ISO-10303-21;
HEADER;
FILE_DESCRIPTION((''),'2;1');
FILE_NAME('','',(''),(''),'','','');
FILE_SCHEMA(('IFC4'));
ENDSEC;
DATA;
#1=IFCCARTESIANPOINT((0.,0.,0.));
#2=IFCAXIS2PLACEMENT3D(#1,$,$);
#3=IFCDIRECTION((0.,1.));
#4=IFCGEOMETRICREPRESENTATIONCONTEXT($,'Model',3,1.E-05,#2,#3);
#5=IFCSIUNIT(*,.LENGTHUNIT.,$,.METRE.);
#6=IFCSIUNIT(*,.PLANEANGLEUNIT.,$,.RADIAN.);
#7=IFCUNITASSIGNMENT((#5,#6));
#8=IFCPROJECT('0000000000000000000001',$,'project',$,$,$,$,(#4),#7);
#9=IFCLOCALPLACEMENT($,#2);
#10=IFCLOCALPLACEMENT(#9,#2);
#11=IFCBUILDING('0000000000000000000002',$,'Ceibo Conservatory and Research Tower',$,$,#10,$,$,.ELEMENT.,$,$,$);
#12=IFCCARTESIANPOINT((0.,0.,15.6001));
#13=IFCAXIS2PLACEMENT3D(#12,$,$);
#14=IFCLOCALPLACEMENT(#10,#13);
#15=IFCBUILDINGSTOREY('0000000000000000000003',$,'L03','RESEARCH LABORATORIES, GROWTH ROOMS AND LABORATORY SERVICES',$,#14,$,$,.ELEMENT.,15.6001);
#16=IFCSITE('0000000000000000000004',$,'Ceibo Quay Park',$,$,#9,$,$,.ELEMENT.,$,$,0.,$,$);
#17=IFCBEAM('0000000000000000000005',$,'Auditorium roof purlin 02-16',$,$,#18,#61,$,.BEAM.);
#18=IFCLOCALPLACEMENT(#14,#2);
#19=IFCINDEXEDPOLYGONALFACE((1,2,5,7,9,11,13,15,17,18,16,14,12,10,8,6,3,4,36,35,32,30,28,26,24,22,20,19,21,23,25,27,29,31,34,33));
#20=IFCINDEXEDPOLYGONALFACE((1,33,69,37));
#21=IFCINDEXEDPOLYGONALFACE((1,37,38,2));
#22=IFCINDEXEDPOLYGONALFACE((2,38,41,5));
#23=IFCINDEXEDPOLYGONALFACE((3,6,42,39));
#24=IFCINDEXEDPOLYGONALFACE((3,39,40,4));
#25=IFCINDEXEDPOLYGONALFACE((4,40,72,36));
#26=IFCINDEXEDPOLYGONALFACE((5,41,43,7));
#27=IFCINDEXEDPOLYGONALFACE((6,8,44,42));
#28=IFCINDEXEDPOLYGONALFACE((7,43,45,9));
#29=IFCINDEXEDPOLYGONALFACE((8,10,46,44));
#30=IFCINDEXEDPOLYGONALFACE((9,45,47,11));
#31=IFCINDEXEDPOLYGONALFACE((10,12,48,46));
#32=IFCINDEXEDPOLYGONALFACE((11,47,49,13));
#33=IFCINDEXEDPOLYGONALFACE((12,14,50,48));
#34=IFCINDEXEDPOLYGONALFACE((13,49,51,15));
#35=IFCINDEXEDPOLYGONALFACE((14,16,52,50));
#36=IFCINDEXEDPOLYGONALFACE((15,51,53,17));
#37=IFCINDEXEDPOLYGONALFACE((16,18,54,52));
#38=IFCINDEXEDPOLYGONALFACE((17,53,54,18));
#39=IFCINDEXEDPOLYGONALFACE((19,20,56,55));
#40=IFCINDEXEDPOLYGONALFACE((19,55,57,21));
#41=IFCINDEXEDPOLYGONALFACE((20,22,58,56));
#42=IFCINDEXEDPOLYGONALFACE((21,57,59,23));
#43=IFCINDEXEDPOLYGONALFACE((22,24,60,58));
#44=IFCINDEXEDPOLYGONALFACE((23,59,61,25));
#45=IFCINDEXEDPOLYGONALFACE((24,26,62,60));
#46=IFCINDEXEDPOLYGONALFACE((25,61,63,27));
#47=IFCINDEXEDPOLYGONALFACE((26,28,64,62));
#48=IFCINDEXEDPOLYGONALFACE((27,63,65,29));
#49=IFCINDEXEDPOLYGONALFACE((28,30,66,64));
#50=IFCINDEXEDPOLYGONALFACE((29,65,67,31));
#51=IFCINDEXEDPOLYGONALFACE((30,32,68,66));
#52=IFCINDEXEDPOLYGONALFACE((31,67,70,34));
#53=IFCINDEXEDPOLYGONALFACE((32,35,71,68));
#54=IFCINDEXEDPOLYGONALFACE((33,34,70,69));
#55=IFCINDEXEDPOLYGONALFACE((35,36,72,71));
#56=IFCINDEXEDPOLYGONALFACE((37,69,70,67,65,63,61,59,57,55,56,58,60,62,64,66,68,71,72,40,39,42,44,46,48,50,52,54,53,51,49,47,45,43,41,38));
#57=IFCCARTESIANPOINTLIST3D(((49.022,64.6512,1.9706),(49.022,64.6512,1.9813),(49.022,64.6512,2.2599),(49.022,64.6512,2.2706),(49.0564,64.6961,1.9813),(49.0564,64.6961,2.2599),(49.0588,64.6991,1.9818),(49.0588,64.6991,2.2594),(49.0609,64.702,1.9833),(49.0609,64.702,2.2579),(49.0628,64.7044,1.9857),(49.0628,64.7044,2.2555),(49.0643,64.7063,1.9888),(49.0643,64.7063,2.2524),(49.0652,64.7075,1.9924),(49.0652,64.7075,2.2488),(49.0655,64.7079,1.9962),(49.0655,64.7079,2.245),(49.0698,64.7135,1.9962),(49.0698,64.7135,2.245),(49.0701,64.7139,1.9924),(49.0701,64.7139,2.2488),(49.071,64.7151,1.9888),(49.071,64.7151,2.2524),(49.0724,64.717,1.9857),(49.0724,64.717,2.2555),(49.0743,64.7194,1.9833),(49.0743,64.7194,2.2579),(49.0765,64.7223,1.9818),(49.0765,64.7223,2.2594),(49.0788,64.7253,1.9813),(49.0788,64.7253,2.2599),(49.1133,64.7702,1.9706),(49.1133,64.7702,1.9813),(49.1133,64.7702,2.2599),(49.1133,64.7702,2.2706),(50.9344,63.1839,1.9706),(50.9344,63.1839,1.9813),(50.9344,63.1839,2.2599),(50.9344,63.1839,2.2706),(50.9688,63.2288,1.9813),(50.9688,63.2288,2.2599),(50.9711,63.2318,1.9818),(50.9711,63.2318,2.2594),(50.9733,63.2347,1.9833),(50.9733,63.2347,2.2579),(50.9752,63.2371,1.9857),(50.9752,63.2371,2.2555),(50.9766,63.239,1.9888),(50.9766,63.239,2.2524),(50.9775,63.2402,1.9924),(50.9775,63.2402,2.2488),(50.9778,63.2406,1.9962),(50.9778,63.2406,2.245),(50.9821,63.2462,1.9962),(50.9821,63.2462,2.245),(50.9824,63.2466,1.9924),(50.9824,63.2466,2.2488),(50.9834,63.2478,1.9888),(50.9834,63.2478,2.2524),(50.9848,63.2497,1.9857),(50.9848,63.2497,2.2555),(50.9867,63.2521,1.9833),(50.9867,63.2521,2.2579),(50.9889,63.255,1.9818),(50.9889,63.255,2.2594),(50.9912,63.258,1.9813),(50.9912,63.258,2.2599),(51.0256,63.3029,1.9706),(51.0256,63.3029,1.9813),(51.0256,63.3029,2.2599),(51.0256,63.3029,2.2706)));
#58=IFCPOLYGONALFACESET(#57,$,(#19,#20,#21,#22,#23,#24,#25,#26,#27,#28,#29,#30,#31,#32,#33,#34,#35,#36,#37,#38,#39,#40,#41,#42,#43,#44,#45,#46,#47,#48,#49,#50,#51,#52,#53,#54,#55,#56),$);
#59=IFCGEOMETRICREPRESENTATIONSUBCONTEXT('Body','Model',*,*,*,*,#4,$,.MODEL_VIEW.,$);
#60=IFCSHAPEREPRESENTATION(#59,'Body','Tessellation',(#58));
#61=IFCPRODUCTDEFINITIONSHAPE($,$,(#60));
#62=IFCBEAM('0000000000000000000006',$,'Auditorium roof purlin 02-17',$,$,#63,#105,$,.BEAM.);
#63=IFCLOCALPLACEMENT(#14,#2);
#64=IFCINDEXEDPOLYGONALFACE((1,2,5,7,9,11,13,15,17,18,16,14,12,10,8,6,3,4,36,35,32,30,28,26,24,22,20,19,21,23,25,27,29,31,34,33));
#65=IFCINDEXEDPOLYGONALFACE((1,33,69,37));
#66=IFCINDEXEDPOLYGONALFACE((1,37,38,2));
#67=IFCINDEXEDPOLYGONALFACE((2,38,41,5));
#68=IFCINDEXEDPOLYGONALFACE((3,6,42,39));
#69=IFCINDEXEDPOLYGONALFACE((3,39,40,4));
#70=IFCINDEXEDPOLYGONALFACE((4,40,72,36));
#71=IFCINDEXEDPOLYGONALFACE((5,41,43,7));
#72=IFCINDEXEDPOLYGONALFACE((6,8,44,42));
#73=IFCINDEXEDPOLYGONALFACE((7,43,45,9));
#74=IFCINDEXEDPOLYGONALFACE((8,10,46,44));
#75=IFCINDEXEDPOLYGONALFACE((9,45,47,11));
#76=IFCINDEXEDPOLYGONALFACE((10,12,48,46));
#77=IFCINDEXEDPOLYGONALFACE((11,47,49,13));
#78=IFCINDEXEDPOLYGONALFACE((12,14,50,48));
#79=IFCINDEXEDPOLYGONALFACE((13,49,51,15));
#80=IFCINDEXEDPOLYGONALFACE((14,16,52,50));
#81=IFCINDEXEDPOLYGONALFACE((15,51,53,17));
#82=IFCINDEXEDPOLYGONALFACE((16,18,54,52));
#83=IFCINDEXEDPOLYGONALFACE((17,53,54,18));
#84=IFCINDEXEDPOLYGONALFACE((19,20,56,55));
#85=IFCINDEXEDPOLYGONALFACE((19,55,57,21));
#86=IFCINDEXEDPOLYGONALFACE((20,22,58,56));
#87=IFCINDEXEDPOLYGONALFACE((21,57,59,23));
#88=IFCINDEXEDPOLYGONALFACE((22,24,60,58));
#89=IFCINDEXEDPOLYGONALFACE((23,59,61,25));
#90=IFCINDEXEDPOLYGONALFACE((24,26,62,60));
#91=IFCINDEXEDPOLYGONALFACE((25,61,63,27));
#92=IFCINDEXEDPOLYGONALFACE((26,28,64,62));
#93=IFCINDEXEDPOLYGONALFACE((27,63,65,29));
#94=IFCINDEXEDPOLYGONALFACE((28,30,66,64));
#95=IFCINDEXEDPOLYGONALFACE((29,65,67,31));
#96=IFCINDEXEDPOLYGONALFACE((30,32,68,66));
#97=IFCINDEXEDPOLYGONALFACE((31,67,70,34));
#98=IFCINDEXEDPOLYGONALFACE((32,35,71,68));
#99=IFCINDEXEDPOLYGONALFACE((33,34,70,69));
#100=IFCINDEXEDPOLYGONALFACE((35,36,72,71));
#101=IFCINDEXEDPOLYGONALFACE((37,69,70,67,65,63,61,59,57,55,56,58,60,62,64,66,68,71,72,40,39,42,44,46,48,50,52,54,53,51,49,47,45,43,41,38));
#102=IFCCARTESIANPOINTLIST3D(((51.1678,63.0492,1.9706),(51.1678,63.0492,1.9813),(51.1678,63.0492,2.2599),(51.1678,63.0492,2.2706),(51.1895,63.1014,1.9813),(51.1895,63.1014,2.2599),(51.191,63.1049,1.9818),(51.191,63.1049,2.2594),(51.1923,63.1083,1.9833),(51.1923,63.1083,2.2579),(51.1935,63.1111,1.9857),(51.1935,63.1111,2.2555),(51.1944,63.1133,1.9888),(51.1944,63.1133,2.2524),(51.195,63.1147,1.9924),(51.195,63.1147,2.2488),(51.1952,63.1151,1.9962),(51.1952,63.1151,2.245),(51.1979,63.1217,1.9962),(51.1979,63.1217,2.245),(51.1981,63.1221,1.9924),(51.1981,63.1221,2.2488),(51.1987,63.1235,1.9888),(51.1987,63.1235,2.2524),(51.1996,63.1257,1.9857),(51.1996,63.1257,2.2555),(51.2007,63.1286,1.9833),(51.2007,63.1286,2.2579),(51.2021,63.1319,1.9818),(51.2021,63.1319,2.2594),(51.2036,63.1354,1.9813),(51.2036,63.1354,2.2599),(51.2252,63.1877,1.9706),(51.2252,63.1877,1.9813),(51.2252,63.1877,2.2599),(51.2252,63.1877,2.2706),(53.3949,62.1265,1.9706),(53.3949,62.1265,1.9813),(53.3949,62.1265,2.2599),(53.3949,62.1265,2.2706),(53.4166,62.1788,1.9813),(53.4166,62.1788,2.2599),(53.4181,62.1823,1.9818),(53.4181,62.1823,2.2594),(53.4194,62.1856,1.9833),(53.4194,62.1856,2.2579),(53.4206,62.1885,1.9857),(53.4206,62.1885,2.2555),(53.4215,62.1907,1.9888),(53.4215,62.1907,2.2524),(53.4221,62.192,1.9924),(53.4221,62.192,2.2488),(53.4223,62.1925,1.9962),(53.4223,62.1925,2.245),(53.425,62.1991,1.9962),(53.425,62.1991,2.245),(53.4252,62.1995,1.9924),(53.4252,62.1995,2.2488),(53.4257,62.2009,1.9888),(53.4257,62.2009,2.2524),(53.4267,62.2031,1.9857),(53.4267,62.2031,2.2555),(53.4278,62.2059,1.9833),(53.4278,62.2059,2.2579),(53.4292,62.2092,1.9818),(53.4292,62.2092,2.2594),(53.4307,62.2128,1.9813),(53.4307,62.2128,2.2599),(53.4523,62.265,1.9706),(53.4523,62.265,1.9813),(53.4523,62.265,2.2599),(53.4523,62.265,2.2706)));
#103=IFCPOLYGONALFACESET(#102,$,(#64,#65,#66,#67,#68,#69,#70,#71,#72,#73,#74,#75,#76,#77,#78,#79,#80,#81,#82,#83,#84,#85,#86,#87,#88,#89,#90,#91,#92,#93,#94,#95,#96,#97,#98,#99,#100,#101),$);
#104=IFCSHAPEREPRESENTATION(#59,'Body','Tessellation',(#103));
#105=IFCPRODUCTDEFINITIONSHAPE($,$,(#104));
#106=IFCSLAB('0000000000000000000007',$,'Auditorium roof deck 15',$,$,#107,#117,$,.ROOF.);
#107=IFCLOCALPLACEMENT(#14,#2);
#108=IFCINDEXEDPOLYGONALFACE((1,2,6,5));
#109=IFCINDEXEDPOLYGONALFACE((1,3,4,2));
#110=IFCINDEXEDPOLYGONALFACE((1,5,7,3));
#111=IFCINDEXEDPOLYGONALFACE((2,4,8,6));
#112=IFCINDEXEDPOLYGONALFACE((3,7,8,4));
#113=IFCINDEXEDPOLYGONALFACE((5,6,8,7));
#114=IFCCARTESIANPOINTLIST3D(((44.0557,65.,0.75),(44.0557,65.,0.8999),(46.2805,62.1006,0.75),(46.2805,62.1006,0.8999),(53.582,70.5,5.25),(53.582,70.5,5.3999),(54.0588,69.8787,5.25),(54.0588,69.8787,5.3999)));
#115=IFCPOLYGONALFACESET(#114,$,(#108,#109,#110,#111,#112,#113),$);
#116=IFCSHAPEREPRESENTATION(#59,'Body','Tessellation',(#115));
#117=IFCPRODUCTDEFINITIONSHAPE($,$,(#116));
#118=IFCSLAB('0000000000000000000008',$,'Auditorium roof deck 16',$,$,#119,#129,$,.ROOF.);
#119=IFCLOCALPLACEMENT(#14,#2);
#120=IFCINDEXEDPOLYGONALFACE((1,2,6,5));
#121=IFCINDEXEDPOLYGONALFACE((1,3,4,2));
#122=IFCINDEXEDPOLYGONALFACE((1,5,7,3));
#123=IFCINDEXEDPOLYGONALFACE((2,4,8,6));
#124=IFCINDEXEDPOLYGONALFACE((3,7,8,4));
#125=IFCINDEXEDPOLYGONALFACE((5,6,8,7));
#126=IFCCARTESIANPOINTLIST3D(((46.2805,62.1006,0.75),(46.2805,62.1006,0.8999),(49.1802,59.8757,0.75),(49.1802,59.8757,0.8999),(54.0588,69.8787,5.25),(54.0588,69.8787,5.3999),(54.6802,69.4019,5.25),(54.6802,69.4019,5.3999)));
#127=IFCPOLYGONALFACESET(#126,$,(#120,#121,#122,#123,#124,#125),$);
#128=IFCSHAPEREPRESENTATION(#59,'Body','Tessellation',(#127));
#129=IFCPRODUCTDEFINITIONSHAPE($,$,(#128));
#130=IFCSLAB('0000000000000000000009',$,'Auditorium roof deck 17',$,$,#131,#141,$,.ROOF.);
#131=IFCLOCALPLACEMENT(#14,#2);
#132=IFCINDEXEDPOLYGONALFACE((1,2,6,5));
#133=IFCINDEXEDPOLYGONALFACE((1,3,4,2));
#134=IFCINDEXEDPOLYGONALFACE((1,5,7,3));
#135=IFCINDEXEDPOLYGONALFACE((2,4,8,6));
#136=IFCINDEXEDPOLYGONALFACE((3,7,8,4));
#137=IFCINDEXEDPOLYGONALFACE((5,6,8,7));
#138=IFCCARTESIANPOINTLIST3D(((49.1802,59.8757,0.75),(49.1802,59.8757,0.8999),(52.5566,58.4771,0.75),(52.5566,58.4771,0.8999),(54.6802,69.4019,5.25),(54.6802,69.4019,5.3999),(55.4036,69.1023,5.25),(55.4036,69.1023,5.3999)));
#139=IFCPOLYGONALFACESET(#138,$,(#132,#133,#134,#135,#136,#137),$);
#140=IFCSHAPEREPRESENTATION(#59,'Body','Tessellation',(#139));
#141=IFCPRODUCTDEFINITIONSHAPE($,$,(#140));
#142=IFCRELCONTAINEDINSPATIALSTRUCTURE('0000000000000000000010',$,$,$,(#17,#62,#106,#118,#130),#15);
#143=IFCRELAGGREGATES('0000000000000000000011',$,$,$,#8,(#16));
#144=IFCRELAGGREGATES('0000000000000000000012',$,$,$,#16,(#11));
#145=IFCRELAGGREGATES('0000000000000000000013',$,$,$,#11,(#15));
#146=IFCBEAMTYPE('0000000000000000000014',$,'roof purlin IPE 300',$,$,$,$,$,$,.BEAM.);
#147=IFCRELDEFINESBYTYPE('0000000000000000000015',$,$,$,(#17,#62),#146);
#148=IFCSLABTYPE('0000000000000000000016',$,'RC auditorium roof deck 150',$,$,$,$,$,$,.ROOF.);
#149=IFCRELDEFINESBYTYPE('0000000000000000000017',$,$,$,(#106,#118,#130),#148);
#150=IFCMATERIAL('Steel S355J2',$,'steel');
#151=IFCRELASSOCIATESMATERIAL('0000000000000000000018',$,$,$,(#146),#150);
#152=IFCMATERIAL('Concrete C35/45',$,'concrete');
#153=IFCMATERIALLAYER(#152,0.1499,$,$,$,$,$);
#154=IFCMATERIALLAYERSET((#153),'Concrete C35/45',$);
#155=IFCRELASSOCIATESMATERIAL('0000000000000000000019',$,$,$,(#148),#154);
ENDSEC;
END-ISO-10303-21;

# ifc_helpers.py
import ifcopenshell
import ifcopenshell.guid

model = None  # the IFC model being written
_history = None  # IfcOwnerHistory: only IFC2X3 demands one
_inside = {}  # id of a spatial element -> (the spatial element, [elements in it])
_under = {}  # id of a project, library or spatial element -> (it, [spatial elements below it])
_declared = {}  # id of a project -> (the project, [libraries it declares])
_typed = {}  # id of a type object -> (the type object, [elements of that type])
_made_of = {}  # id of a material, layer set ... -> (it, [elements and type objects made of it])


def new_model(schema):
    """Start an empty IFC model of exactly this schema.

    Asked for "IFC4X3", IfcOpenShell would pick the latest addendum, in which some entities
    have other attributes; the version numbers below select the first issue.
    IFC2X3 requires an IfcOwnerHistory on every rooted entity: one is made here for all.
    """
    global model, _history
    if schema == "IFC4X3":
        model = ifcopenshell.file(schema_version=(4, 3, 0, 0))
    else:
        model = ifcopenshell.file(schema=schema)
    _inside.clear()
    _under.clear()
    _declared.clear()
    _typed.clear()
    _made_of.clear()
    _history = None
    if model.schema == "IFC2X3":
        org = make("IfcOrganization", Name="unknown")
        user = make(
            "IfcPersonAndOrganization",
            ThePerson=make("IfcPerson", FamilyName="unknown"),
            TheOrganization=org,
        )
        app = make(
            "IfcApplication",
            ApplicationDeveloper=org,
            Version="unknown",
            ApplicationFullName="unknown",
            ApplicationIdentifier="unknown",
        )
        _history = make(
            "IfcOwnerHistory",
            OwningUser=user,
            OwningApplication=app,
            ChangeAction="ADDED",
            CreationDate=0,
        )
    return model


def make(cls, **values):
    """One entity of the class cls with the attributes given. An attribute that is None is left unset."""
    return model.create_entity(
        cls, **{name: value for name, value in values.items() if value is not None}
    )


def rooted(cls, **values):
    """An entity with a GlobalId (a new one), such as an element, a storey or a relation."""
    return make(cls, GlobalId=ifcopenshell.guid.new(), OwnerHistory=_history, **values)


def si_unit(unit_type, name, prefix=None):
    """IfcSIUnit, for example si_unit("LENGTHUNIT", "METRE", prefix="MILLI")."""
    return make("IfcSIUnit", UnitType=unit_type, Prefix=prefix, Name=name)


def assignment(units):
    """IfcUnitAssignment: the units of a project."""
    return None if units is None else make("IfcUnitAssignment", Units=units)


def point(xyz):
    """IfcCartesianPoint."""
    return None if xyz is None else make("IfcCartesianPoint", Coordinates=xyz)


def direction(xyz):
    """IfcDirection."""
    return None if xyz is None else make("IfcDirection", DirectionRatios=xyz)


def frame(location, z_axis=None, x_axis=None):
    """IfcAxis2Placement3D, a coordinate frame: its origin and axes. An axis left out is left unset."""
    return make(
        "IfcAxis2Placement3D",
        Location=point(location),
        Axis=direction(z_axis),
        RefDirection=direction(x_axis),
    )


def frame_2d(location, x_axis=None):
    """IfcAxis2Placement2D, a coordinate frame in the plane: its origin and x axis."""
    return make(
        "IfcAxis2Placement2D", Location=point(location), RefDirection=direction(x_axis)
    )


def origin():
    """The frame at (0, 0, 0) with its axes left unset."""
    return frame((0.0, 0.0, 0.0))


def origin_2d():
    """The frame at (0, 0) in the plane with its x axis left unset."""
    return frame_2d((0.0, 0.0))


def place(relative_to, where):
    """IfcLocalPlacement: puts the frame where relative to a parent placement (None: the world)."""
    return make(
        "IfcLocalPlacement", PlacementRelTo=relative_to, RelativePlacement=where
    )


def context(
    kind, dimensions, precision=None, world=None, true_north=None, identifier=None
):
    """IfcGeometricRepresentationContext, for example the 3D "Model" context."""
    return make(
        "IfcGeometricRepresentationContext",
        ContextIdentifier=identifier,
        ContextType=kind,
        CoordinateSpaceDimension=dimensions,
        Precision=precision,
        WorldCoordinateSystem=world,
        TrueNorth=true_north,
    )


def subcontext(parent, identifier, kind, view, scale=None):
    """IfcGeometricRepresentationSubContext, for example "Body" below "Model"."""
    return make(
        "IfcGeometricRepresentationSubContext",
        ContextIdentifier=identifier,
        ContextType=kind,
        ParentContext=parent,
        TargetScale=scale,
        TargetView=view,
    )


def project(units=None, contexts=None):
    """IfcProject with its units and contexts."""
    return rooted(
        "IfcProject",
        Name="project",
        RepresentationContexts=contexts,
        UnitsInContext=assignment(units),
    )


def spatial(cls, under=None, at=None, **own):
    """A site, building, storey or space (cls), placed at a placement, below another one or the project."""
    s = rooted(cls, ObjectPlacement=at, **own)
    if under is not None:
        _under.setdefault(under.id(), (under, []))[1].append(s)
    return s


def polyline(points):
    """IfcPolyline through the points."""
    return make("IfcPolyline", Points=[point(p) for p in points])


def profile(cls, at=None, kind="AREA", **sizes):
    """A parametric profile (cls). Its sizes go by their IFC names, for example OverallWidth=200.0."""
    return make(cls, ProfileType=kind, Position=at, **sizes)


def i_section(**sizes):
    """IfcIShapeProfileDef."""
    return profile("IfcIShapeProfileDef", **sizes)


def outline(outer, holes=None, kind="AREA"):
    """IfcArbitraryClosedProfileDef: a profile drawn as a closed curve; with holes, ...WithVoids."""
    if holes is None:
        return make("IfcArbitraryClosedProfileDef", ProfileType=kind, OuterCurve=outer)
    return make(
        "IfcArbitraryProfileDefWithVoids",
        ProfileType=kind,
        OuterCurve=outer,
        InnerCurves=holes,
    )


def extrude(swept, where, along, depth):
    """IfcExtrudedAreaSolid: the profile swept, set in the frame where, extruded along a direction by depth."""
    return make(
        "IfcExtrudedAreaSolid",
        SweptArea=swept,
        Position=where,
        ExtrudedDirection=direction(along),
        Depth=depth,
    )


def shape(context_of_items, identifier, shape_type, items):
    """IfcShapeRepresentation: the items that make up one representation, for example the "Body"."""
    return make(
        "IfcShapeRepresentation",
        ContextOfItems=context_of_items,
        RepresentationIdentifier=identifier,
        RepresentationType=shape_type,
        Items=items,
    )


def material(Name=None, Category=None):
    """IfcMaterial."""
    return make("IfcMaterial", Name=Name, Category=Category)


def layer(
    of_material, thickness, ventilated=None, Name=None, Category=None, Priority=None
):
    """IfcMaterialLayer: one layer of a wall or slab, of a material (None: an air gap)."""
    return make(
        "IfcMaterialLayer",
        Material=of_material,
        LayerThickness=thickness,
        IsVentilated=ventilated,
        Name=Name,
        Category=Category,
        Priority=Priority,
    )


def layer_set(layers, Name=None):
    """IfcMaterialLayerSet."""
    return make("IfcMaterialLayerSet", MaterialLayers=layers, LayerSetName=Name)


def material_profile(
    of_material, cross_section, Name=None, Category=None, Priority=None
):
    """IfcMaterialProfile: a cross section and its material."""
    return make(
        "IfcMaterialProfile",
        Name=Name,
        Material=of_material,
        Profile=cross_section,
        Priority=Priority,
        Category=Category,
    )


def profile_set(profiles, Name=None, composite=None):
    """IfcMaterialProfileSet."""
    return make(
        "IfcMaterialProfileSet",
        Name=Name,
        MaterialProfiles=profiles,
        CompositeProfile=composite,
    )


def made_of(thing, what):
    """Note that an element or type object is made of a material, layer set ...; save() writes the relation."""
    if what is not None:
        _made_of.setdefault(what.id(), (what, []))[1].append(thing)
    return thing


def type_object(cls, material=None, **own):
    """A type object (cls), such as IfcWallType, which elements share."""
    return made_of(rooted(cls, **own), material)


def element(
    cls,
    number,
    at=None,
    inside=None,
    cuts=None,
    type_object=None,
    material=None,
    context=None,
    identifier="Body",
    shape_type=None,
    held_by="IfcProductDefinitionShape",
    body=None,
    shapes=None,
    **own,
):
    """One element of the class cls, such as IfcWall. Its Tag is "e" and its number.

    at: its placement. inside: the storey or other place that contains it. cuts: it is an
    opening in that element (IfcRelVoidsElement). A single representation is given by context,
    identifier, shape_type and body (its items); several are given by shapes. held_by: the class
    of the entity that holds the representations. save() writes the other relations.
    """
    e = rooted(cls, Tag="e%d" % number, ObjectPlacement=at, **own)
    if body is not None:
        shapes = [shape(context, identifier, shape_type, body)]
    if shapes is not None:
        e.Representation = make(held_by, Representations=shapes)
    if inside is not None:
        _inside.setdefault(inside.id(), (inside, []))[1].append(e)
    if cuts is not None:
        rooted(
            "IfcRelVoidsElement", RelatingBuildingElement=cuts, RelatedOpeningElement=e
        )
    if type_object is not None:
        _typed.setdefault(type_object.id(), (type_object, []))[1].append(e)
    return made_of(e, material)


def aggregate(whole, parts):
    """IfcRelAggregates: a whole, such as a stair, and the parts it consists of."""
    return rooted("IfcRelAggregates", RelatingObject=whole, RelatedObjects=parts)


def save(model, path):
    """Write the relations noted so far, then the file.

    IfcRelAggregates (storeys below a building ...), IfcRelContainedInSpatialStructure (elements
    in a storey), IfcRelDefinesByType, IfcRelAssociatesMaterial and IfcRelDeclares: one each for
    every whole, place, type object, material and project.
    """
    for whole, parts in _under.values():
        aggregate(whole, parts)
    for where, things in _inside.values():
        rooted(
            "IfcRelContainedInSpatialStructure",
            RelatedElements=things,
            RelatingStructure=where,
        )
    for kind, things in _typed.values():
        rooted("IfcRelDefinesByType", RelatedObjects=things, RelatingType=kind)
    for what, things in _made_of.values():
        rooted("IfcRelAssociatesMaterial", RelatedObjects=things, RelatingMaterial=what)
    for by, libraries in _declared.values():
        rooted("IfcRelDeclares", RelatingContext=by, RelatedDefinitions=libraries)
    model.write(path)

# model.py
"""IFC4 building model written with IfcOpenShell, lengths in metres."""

from ifc_helpers import new_model, si_unit, direction, frame, origin, origin_2d, place, context, subcontext, project, spatial, polyline, i_section, outline, extrude, material, layer, layer_set, material_profile, profile_set, type_object, element, save


model = new_model("IFC4")

# Units and contexts
model_context = context("Model", 3, precision=1e-05, world=origin(), true_north=direction((0.0, 1.0)))
body_context = subcontext(model_context, "Body", "Model", "MODEL_VIEW")
ifc_project = project(units=[si_unit("LENGTHUNIT", "METRE"), si_unit("PLANEANGLEUNIT", "RADIAN")], contexts=[model_context])

# Site, building, storey
site_placement = place(None, origin())
site = spatial("IfcSite", under=ifc_project, at=site_placement, Name="Ceibo Quay Park", CompositionType="ELEMENT", RefElevation=0.0)
building_placement = place(site_placement, origin())
building = spatial("IfcBuilding", under=site, at=building_placement, Name="Ceibo Conservatory and Research Tower", CompositionType="ELEMENT")
storey_placement = place(building_placement, frame((0.0, 0.0, 15.6001)))
storey = spatial("IfcBuildingStorey", under=building, at=storey_placement, Name="L03", Description="RESEARCH LABORATORIES, GROWTH ROOMS AND LABORATORY SERVICES", CompositionType="ELEMENT", Elevation=15.6001)

# Beams
ifc_material_1 = material(Name="Concrete C35/45", Category="concrete")
ifc_material_2 = material(Name="Steel S355J2", Category="steel")
ifc_material_profile_1 = material_profile(ifc_material_2, i_section(OverallWidth=0.1499, OverallDepth=0.3, WebThickness=0.0071, FlangeThickness=0.0107, FilletRadius=0.0149, at=origin_2d()), Name="IPE 300")
ifc_profile_set_1 = profile_set([ifc_material_profile_1], Name="Steel S355J2")
beam_type_1 = type_object("IfcBeamType", Name="roof purlin IPE 300", PredefinedType="BEAM", material=ifc_profile_set_1)
beam_1_placement = place(storey_placement, frame((49.0676, 64.7107, 2.1206), z_axis=(0.793376, -0.608731, 0.0), x_axis=(0.608731, 0.793376, 0.0)))
element("IfcBeam", 1, at=beam_1_placement, inside=storey, type_object=beam_type_1, Name="Auditorium roof purlin 02-16", PredefinedType="BEAM", context=body_context, shape_type="SweptSolid", body=[
    extrude(i_section(OverallWidth=0.1499, OverallDepth=0.3, WebThickness=0.0071, FlangeThickness=0.0107, FilletRadius=0.0149, at=origin_2d()), origin(), (0.0, 0.0, 1.0), 2.4104),
])
beam_2_placement = place(storey_placement, frame((51.1965, 63.1184, 2.1206), z_axis=(0.92386, -0.38273, 0.0), x_axis=(0.38273, 0.92386, 0.0)))
element("IfcBeam", 2, at=beam_2_placement, inside=storey, type_object=beam_type_1, Name="Auditorium roof purlin 02-17", PredefinedType="BEAM", context=body_context, shape_type="SweptSolid", body=[
    extrude(i_section(OverallWidth=0.1499, OverallDepth=0.3, WebThickness=0.0071, FlangeThickness=0.0107, FilletRadius=0.0149, at=origin_2d()), origin(), (0.0, 0.0, 1.0), 2.4106),
])

# Slabs
ifc_layer_1 = layer(ifc_material_1, 0.1499)
ifc_layer_set_1 = layer_set([ifc_layer_1], Name="Concrete C35/45")
slab_type_1 = type_object("IfcSlabType", Name="RC auditorium roof deck 150", PredefinedType="ROOF", material=ifc_layer_set_1)
slab_1_placement = place(storey_placement, frame((44.0557, 65.0, 0.8999), z_axis=(-0.302601, -0.232202, 0.9244), x_axis=(0.608771, -0.793346, -0.000002)))
element("IfcSlab", 3, at=slab_1_placement, inside=storey, type_object=slab_type_1, Name="Auditorium roof deck 15", PredefinedType="ROOF", context=body_context, shape_type="SweptSolid", body=[
    extrude(outline(polyline([(0.0, 0.0), (3.6547, 0.0), (2.2192, 11.7979), (1.436, 11.7979), (0.0, 0.0)])), origin(), (0.000002, -0.381425, -0.9244), 0.1499),
])
slab_2_placement = place(storey_placement, frame((46.2805, 62.1006, 0.8999), z_axis=(-0.232194, -0.302611, 0.924398), x_axis=(0.79337, -0.60874, 0.000004)))
element("IfcSlab", 4, at=slab_2_placement, inside=storey, type_object=slab_type_1, Name="Auditorium roof deck 16", PredefinedType="ROOF", context=body_context, shape_type="SweptSolid", body=[
    extrude(outline(polyline([(0.0, 0.0), (3.6549, 0.0), (2.2195, 11.7977), (1.4363, 11.7978), (0.0, 0.0)])), origin(), (-0.000004, -0.381428, -0.924398), 0.1499),
])
slab_3_placement = place(storey_placement, frame((49.1802, 59.8757, 0.8999), z_axis=(-0.145968, -0.352393, 0.924398), x_axis=(0.923871, -0.382705, -0.000007)))
element("IfcSlab", 5, at=slab_3_placement, inside=storey, type_object=slab_type_1, Name="Auditorium roof deck 17", PredefinedType="ROOF", context=body_context, shape_type="SweptSolid", body=[
    extrude(outline(polyline([(0.0, 0.0), (3.6547, 0.0), (2.2185, 11.7978), (1.4356, 11.7977), (0.0, 0.0)])), origin(), (0.000007, -0.381428, -0.924398), 0.1499),
])

save(model, "model.ifc")
